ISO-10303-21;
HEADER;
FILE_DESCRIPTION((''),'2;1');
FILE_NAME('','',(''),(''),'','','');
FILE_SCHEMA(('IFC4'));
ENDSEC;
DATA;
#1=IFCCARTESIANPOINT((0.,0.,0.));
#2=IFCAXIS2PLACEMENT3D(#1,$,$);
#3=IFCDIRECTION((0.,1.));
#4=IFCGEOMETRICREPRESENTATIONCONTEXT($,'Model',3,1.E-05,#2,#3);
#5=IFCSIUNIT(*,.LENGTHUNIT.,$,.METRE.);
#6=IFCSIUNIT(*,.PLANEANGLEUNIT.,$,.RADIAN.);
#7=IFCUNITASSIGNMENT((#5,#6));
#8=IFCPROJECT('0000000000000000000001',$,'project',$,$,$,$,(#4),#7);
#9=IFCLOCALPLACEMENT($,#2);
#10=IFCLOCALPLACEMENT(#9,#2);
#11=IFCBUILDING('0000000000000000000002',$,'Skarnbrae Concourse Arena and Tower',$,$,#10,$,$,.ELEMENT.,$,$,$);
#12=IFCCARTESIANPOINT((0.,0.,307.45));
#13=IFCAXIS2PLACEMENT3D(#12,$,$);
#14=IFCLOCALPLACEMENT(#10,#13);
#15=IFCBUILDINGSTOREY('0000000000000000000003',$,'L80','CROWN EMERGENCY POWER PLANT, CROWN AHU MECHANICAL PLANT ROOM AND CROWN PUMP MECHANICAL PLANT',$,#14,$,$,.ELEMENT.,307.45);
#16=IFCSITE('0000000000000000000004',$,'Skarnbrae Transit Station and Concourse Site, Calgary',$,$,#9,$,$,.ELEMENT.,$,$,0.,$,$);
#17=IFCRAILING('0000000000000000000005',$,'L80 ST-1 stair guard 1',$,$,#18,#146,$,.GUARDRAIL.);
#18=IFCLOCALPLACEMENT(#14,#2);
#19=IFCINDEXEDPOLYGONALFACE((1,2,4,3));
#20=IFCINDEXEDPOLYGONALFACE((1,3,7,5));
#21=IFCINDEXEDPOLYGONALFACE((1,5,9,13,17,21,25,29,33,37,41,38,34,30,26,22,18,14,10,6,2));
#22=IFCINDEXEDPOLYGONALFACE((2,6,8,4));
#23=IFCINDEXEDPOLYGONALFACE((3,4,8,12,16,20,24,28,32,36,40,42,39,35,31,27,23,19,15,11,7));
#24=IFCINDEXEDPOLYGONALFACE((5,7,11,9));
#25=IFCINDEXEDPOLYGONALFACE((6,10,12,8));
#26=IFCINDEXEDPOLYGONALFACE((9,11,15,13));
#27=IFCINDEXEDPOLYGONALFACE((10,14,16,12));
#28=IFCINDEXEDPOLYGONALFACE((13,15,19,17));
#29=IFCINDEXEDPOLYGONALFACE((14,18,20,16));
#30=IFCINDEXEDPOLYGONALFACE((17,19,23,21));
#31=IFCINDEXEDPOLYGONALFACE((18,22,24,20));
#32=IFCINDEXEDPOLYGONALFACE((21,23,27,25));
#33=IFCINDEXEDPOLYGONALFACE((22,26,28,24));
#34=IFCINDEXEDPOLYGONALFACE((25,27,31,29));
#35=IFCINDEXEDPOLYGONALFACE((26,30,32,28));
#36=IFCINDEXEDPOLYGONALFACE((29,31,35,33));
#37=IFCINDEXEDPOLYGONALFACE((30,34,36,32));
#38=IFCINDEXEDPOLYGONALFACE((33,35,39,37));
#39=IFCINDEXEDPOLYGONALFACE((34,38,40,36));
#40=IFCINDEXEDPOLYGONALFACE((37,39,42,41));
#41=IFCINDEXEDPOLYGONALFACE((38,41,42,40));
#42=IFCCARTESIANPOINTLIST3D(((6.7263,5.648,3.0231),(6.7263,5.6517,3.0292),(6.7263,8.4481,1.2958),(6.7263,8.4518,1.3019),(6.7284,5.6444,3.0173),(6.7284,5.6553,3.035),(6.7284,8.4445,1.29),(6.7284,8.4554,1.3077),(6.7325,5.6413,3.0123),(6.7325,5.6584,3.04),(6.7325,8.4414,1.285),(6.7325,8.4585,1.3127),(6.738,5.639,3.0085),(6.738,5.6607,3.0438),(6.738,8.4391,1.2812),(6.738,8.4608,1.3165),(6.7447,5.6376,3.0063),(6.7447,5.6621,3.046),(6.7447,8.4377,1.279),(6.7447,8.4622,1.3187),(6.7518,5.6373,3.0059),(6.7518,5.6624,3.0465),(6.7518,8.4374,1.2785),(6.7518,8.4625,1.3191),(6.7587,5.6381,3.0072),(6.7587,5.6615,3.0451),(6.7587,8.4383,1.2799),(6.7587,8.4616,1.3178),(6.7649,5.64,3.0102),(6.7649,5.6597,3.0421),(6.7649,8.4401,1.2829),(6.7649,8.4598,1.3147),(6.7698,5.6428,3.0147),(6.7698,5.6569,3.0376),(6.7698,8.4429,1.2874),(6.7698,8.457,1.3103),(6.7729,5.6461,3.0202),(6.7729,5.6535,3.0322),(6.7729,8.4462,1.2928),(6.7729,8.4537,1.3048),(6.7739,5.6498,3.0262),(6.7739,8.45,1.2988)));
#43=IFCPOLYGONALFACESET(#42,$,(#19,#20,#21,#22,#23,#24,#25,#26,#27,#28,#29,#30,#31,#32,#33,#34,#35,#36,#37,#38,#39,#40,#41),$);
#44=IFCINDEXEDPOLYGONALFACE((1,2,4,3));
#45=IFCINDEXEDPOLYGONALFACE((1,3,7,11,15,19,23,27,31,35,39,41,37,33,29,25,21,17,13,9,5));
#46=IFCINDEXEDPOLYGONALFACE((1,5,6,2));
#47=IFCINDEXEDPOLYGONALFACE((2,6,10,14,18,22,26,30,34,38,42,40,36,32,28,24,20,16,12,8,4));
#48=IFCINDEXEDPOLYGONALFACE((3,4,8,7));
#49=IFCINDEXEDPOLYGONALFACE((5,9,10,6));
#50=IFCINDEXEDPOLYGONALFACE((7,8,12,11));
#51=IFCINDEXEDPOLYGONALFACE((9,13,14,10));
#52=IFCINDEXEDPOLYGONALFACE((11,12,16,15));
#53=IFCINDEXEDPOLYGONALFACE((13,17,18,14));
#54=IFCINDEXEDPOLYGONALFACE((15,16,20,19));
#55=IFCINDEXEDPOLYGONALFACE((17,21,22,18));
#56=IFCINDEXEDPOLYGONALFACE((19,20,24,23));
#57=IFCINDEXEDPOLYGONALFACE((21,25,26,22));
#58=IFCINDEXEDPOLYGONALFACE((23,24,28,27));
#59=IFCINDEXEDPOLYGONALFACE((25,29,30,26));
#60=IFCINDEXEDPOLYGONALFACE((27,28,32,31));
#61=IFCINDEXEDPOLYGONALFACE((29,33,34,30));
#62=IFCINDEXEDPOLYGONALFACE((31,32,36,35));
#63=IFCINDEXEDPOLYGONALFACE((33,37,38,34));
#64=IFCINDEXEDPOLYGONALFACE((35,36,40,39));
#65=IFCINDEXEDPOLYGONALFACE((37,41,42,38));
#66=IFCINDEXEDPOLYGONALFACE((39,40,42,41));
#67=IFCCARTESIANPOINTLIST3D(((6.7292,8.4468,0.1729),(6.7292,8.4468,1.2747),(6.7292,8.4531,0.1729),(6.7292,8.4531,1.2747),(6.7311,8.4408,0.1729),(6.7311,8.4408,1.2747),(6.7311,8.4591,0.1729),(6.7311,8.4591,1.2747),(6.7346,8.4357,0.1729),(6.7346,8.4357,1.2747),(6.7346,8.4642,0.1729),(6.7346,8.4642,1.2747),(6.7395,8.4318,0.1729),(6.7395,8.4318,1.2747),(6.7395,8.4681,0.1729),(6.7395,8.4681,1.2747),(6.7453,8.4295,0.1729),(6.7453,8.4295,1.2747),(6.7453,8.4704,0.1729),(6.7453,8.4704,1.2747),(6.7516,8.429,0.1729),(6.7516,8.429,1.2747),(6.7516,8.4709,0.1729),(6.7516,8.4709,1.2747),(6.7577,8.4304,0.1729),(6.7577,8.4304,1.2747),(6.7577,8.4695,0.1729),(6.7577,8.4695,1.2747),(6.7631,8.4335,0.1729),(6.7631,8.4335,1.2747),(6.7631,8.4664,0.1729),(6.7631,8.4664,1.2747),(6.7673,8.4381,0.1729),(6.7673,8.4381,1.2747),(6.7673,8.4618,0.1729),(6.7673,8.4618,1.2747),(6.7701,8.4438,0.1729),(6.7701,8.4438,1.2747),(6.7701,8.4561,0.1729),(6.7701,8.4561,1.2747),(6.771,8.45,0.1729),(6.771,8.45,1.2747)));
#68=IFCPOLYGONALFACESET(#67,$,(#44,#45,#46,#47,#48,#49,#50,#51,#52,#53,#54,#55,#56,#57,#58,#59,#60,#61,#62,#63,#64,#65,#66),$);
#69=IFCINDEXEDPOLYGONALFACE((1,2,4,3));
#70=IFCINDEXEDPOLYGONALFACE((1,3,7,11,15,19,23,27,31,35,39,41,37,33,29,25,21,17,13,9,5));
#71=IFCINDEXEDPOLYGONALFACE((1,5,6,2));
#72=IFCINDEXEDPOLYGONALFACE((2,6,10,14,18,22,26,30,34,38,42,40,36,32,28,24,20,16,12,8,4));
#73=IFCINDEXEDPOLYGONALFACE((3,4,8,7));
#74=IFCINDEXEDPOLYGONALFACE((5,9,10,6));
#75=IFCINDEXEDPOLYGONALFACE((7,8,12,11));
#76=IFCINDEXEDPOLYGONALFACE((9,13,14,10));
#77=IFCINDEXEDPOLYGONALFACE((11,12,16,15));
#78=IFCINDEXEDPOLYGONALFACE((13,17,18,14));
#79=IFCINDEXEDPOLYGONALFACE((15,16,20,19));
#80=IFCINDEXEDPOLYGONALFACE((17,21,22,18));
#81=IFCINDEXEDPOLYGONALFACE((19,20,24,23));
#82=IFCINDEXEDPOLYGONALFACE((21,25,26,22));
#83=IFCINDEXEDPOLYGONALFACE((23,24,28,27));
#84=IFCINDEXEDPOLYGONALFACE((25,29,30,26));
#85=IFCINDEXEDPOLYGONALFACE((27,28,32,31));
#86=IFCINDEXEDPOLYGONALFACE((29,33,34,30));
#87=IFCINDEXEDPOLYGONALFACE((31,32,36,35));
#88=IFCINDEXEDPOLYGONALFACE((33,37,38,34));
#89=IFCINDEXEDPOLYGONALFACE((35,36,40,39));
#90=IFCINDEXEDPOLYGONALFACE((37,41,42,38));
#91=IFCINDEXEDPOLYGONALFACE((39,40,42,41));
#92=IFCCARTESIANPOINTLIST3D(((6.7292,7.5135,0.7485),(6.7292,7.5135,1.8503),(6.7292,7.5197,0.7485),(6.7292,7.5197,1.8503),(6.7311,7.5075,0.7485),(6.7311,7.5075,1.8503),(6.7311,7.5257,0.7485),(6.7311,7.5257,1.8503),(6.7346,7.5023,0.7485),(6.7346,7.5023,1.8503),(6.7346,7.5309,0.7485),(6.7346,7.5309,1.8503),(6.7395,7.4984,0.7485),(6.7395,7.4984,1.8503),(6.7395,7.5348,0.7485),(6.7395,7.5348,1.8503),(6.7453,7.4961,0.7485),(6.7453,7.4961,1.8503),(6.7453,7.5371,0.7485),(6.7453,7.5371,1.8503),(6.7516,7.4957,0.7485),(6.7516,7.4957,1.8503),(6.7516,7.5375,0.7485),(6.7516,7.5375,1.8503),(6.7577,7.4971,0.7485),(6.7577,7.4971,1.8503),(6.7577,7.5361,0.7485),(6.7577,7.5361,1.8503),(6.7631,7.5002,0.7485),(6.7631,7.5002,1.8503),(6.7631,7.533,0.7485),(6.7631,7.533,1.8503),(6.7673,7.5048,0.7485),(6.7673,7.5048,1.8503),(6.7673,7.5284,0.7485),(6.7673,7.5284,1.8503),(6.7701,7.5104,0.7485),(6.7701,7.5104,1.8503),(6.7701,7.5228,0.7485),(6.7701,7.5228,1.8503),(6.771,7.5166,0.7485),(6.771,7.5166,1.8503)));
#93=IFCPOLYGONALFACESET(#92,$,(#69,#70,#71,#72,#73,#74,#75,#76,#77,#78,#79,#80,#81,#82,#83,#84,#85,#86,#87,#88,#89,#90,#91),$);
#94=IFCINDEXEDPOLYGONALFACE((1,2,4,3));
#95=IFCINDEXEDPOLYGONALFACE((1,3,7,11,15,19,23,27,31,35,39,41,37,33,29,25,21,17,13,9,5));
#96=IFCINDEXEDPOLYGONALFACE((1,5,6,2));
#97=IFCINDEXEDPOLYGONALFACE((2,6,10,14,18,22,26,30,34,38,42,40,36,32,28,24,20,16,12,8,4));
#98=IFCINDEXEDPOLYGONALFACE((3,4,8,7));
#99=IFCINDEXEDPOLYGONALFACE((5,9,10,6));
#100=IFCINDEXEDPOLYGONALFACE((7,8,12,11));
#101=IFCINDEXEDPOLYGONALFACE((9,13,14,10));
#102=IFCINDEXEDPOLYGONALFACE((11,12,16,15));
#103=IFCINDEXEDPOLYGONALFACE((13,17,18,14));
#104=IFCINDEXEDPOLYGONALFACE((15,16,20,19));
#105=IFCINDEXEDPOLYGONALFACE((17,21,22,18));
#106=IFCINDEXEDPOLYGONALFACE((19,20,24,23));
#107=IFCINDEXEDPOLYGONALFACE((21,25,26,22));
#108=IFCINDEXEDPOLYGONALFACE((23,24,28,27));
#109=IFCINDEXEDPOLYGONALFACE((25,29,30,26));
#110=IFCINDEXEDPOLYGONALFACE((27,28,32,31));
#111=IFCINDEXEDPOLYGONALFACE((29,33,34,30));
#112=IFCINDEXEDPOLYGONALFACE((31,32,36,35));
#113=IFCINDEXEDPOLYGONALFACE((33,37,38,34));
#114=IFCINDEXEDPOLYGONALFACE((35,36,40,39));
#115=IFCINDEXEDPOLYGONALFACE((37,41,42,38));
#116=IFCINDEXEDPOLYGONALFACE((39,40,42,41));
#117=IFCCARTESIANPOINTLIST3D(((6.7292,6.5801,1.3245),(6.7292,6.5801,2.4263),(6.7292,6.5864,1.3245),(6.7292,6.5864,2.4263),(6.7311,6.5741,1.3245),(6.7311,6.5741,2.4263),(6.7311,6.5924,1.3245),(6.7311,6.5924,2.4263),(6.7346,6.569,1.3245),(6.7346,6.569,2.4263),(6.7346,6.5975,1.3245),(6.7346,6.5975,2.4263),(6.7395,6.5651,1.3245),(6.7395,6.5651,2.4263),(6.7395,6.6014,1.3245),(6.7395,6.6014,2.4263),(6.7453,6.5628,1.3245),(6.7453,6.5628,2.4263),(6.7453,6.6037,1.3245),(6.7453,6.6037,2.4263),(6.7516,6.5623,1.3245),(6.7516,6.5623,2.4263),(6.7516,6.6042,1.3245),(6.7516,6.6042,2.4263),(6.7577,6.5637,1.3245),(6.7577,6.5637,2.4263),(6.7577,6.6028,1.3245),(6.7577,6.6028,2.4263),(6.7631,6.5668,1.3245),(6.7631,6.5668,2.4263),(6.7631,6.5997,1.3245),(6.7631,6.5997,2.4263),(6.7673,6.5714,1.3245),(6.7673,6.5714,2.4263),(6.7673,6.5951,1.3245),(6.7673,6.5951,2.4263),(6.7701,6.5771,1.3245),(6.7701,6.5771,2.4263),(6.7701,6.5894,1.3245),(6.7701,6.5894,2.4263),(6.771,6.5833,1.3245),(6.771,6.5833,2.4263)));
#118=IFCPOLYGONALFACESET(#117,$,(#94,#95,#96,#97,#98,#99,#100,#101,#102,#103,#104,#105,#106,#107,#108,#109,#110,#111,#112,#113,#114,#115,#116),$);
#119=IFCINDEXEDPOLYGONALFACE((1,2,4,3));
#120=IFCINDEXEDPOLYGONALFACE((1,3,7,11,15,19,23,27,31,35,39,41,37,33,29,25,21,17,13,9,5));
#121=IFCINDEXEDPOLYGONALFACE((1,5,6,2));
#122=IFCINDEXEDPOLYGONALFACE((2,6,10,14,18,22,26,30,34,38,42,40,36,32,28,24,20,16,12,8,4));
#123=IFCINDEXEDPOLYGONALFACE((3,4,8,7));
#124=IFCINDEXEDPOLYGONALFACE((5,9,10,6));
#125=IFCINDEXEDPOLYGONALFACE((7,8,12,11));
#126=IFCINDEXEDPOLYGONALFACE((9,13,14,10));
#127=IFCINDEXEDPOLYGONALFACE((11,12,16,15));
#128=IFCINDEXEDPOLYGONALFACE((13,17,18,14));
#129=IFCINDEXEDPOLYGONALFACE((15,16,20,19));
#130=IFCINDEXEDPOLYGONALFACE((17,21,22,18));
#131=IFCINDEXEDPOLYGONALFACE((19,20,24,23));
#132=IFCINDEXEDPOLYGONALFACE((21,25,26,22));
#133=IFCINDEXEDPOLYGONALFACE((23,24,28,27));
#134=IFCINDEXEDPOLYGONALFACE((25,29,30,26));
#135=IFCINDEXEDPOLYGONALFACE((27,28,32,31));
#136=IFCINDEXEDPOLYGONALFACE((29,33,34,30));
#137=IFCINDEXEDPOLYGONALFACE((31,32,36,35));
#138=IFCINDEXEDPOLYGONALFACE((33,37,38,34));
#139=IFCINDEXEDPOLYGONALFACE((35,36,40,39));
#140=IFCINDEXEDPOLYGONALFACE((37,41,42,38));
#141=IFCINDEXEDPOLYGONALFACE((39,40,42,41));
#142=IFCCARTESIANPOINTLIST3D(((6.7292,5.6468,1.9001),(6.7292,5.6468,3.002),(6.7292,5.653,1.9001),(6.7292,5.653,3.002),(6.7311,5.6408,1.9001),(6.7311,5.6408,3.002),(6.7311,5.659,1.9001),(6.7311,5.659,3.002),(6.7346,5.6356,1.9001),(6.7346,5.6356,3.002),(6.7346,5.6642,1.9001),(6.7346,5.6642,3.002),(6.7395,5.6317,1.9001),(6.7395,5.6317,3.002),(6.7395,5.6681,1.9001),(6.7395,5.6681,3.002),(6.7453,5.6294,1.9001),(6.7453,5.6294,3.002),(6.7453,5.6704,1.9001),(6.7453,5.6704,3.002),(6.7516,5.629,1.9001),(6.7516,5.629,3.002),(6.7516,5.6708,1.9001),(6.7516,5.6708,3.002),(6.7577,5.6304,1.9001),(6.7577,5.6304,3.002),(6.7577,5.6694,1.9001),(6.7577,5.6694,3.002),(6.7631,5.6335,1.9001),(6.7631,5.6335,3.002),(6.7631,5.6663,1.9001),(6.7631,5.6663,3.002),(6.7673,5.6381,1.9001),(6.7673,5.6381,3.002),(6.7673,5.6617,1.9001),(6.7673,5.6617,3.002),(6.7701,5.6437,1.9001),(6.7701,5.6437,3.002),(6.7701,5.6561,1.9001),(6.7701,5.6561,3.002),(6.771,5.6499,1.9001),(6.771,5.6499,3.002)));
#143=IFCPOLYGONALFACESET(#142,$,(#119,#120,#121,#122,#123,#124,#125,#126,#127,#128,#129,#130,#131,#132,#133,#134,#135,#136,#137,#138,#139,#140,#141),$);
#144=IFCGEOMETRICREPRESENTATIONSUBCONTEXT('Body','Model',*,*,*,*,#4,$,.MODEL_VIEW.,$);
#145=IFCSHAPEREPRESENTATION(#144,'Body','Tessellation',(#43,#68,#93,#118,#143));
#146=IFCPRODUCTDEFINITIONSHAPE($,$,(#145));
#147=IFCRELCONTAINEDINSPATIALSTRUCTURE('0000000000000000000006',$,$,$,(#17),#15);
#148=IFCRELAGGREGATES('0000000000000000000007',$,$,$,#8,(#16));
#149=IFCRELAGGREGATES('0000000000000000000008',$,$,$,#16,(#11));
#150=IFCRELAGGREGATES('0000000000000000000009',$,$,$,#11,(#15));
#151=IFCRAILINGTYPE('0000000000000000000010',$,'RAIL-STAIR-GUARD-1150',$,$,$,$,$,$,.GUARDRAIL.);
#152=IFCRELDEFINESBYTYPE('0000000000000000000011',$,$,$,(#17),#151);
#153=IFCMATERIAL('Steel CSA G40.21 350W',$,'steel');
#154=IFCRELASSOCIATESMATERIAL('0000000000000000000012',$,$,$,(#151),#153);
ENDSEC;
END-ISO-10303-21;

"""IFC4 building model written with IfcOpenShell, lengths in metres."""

from ifc_helpers import new_model, si_unit, direction, frame, origin, origin_2d, place, context, subcontext, project, spatial, circle, extrude, material, type_object, element, save


model = new_model("IFC4")

# Units and contexts
model_context = context("Model", 3, precision=1e-05, world=origin(), true_north=direction((0.0, 1.0)))
body_context = subcontext(model_context, "Body", "Model", "MODEL_VIEW")
ifc_project = project(units=[si_unit("LENGTHUNIT", "METRE"), si_unit("PLANEANGLEUNIT", "RADIAN")], contexts=[model_context])

# Site, building, storey
site_placement = place(None, origin())
site = spatial("IfcSite", under=ifc_project, at=site_placement, Name="Skarnbrae Transit Station and Concourse Site, Calgary", CompositionType="ELEMENT", RefElevation=0.0)
building_placement = place(site_placement, origin())
building = spatial("IfcBuilding", under=site, at=building_placement, Name="Skarnbrae Concourse Arena and Tower", CompositionType="ELEMENT")
storey_placement = place(building_placement, frame((0.0, 0.0, 307.45)))
storey = spatial("IfcBuildingStorey", under=building, at=storey_placement, Name="L80", Description="CROWN EMERGENCY POWER PLANT, CROWN AHU MECHANICAL PLANT ROOM AND CROWN PUMP MECHANICAL PLANT", CompositionType="ELEMENT", Elevation=307.45)

# Shared definitions
ifc_material_1 = material(Name="Steel CSA G40.21 350W", Category="steel")

# Railing
railing_type_1 = type_object("IfcRailingType", Name="RAIL-STAIR-GUARD-1150", PredefinedType="GUARDRAIL", material=ifc_material_1)
railing_1_placement = place(storey_placement, frame((6.75, 8.45, 0.1729)))
element("IfcRailing", 1, at=railing_1_placement, inside=storey, type_object=railing_type_1, Name="L80 ST-1 stair guard 1", PredefinedType="GUARDRAIL", context=body_context, shape_type="SweptSolid", body=[
    extrude(circle(Radius=0.0239, at=origin_2d()), frame((0.0, 0.0, 1.126), z_axis=(0.0, -0.85109, 0.52502), x_axis=(1.0, 0.0, 0.0)), (0.0, 0.0, 1.0), 3.29),
    extrude(circle(Radius=0.021, at=origin_2d()), origin(), (0.0, 0.0, 1.0), 1.1018),
    extrude(circle(Radius=0.021, at=origin_2d()), frame((0.0, -0.9333, 0.5757)), (0.0, 0.0, 1.0), 1.1018),
    extrude(circle(Radius=0.021, at=origin_2d()), frame((0.0, -1.8667, 1.1516)), (0.0, 0.0, 1.0), 1.1018),
    extrude(circle(Radius=0.021, at=origin_2d()), frame((0.0, -2.8, 1.7273)), (0.0, 0.0, 1.0), 1.1018),
])

save(model, "model.ifc")
